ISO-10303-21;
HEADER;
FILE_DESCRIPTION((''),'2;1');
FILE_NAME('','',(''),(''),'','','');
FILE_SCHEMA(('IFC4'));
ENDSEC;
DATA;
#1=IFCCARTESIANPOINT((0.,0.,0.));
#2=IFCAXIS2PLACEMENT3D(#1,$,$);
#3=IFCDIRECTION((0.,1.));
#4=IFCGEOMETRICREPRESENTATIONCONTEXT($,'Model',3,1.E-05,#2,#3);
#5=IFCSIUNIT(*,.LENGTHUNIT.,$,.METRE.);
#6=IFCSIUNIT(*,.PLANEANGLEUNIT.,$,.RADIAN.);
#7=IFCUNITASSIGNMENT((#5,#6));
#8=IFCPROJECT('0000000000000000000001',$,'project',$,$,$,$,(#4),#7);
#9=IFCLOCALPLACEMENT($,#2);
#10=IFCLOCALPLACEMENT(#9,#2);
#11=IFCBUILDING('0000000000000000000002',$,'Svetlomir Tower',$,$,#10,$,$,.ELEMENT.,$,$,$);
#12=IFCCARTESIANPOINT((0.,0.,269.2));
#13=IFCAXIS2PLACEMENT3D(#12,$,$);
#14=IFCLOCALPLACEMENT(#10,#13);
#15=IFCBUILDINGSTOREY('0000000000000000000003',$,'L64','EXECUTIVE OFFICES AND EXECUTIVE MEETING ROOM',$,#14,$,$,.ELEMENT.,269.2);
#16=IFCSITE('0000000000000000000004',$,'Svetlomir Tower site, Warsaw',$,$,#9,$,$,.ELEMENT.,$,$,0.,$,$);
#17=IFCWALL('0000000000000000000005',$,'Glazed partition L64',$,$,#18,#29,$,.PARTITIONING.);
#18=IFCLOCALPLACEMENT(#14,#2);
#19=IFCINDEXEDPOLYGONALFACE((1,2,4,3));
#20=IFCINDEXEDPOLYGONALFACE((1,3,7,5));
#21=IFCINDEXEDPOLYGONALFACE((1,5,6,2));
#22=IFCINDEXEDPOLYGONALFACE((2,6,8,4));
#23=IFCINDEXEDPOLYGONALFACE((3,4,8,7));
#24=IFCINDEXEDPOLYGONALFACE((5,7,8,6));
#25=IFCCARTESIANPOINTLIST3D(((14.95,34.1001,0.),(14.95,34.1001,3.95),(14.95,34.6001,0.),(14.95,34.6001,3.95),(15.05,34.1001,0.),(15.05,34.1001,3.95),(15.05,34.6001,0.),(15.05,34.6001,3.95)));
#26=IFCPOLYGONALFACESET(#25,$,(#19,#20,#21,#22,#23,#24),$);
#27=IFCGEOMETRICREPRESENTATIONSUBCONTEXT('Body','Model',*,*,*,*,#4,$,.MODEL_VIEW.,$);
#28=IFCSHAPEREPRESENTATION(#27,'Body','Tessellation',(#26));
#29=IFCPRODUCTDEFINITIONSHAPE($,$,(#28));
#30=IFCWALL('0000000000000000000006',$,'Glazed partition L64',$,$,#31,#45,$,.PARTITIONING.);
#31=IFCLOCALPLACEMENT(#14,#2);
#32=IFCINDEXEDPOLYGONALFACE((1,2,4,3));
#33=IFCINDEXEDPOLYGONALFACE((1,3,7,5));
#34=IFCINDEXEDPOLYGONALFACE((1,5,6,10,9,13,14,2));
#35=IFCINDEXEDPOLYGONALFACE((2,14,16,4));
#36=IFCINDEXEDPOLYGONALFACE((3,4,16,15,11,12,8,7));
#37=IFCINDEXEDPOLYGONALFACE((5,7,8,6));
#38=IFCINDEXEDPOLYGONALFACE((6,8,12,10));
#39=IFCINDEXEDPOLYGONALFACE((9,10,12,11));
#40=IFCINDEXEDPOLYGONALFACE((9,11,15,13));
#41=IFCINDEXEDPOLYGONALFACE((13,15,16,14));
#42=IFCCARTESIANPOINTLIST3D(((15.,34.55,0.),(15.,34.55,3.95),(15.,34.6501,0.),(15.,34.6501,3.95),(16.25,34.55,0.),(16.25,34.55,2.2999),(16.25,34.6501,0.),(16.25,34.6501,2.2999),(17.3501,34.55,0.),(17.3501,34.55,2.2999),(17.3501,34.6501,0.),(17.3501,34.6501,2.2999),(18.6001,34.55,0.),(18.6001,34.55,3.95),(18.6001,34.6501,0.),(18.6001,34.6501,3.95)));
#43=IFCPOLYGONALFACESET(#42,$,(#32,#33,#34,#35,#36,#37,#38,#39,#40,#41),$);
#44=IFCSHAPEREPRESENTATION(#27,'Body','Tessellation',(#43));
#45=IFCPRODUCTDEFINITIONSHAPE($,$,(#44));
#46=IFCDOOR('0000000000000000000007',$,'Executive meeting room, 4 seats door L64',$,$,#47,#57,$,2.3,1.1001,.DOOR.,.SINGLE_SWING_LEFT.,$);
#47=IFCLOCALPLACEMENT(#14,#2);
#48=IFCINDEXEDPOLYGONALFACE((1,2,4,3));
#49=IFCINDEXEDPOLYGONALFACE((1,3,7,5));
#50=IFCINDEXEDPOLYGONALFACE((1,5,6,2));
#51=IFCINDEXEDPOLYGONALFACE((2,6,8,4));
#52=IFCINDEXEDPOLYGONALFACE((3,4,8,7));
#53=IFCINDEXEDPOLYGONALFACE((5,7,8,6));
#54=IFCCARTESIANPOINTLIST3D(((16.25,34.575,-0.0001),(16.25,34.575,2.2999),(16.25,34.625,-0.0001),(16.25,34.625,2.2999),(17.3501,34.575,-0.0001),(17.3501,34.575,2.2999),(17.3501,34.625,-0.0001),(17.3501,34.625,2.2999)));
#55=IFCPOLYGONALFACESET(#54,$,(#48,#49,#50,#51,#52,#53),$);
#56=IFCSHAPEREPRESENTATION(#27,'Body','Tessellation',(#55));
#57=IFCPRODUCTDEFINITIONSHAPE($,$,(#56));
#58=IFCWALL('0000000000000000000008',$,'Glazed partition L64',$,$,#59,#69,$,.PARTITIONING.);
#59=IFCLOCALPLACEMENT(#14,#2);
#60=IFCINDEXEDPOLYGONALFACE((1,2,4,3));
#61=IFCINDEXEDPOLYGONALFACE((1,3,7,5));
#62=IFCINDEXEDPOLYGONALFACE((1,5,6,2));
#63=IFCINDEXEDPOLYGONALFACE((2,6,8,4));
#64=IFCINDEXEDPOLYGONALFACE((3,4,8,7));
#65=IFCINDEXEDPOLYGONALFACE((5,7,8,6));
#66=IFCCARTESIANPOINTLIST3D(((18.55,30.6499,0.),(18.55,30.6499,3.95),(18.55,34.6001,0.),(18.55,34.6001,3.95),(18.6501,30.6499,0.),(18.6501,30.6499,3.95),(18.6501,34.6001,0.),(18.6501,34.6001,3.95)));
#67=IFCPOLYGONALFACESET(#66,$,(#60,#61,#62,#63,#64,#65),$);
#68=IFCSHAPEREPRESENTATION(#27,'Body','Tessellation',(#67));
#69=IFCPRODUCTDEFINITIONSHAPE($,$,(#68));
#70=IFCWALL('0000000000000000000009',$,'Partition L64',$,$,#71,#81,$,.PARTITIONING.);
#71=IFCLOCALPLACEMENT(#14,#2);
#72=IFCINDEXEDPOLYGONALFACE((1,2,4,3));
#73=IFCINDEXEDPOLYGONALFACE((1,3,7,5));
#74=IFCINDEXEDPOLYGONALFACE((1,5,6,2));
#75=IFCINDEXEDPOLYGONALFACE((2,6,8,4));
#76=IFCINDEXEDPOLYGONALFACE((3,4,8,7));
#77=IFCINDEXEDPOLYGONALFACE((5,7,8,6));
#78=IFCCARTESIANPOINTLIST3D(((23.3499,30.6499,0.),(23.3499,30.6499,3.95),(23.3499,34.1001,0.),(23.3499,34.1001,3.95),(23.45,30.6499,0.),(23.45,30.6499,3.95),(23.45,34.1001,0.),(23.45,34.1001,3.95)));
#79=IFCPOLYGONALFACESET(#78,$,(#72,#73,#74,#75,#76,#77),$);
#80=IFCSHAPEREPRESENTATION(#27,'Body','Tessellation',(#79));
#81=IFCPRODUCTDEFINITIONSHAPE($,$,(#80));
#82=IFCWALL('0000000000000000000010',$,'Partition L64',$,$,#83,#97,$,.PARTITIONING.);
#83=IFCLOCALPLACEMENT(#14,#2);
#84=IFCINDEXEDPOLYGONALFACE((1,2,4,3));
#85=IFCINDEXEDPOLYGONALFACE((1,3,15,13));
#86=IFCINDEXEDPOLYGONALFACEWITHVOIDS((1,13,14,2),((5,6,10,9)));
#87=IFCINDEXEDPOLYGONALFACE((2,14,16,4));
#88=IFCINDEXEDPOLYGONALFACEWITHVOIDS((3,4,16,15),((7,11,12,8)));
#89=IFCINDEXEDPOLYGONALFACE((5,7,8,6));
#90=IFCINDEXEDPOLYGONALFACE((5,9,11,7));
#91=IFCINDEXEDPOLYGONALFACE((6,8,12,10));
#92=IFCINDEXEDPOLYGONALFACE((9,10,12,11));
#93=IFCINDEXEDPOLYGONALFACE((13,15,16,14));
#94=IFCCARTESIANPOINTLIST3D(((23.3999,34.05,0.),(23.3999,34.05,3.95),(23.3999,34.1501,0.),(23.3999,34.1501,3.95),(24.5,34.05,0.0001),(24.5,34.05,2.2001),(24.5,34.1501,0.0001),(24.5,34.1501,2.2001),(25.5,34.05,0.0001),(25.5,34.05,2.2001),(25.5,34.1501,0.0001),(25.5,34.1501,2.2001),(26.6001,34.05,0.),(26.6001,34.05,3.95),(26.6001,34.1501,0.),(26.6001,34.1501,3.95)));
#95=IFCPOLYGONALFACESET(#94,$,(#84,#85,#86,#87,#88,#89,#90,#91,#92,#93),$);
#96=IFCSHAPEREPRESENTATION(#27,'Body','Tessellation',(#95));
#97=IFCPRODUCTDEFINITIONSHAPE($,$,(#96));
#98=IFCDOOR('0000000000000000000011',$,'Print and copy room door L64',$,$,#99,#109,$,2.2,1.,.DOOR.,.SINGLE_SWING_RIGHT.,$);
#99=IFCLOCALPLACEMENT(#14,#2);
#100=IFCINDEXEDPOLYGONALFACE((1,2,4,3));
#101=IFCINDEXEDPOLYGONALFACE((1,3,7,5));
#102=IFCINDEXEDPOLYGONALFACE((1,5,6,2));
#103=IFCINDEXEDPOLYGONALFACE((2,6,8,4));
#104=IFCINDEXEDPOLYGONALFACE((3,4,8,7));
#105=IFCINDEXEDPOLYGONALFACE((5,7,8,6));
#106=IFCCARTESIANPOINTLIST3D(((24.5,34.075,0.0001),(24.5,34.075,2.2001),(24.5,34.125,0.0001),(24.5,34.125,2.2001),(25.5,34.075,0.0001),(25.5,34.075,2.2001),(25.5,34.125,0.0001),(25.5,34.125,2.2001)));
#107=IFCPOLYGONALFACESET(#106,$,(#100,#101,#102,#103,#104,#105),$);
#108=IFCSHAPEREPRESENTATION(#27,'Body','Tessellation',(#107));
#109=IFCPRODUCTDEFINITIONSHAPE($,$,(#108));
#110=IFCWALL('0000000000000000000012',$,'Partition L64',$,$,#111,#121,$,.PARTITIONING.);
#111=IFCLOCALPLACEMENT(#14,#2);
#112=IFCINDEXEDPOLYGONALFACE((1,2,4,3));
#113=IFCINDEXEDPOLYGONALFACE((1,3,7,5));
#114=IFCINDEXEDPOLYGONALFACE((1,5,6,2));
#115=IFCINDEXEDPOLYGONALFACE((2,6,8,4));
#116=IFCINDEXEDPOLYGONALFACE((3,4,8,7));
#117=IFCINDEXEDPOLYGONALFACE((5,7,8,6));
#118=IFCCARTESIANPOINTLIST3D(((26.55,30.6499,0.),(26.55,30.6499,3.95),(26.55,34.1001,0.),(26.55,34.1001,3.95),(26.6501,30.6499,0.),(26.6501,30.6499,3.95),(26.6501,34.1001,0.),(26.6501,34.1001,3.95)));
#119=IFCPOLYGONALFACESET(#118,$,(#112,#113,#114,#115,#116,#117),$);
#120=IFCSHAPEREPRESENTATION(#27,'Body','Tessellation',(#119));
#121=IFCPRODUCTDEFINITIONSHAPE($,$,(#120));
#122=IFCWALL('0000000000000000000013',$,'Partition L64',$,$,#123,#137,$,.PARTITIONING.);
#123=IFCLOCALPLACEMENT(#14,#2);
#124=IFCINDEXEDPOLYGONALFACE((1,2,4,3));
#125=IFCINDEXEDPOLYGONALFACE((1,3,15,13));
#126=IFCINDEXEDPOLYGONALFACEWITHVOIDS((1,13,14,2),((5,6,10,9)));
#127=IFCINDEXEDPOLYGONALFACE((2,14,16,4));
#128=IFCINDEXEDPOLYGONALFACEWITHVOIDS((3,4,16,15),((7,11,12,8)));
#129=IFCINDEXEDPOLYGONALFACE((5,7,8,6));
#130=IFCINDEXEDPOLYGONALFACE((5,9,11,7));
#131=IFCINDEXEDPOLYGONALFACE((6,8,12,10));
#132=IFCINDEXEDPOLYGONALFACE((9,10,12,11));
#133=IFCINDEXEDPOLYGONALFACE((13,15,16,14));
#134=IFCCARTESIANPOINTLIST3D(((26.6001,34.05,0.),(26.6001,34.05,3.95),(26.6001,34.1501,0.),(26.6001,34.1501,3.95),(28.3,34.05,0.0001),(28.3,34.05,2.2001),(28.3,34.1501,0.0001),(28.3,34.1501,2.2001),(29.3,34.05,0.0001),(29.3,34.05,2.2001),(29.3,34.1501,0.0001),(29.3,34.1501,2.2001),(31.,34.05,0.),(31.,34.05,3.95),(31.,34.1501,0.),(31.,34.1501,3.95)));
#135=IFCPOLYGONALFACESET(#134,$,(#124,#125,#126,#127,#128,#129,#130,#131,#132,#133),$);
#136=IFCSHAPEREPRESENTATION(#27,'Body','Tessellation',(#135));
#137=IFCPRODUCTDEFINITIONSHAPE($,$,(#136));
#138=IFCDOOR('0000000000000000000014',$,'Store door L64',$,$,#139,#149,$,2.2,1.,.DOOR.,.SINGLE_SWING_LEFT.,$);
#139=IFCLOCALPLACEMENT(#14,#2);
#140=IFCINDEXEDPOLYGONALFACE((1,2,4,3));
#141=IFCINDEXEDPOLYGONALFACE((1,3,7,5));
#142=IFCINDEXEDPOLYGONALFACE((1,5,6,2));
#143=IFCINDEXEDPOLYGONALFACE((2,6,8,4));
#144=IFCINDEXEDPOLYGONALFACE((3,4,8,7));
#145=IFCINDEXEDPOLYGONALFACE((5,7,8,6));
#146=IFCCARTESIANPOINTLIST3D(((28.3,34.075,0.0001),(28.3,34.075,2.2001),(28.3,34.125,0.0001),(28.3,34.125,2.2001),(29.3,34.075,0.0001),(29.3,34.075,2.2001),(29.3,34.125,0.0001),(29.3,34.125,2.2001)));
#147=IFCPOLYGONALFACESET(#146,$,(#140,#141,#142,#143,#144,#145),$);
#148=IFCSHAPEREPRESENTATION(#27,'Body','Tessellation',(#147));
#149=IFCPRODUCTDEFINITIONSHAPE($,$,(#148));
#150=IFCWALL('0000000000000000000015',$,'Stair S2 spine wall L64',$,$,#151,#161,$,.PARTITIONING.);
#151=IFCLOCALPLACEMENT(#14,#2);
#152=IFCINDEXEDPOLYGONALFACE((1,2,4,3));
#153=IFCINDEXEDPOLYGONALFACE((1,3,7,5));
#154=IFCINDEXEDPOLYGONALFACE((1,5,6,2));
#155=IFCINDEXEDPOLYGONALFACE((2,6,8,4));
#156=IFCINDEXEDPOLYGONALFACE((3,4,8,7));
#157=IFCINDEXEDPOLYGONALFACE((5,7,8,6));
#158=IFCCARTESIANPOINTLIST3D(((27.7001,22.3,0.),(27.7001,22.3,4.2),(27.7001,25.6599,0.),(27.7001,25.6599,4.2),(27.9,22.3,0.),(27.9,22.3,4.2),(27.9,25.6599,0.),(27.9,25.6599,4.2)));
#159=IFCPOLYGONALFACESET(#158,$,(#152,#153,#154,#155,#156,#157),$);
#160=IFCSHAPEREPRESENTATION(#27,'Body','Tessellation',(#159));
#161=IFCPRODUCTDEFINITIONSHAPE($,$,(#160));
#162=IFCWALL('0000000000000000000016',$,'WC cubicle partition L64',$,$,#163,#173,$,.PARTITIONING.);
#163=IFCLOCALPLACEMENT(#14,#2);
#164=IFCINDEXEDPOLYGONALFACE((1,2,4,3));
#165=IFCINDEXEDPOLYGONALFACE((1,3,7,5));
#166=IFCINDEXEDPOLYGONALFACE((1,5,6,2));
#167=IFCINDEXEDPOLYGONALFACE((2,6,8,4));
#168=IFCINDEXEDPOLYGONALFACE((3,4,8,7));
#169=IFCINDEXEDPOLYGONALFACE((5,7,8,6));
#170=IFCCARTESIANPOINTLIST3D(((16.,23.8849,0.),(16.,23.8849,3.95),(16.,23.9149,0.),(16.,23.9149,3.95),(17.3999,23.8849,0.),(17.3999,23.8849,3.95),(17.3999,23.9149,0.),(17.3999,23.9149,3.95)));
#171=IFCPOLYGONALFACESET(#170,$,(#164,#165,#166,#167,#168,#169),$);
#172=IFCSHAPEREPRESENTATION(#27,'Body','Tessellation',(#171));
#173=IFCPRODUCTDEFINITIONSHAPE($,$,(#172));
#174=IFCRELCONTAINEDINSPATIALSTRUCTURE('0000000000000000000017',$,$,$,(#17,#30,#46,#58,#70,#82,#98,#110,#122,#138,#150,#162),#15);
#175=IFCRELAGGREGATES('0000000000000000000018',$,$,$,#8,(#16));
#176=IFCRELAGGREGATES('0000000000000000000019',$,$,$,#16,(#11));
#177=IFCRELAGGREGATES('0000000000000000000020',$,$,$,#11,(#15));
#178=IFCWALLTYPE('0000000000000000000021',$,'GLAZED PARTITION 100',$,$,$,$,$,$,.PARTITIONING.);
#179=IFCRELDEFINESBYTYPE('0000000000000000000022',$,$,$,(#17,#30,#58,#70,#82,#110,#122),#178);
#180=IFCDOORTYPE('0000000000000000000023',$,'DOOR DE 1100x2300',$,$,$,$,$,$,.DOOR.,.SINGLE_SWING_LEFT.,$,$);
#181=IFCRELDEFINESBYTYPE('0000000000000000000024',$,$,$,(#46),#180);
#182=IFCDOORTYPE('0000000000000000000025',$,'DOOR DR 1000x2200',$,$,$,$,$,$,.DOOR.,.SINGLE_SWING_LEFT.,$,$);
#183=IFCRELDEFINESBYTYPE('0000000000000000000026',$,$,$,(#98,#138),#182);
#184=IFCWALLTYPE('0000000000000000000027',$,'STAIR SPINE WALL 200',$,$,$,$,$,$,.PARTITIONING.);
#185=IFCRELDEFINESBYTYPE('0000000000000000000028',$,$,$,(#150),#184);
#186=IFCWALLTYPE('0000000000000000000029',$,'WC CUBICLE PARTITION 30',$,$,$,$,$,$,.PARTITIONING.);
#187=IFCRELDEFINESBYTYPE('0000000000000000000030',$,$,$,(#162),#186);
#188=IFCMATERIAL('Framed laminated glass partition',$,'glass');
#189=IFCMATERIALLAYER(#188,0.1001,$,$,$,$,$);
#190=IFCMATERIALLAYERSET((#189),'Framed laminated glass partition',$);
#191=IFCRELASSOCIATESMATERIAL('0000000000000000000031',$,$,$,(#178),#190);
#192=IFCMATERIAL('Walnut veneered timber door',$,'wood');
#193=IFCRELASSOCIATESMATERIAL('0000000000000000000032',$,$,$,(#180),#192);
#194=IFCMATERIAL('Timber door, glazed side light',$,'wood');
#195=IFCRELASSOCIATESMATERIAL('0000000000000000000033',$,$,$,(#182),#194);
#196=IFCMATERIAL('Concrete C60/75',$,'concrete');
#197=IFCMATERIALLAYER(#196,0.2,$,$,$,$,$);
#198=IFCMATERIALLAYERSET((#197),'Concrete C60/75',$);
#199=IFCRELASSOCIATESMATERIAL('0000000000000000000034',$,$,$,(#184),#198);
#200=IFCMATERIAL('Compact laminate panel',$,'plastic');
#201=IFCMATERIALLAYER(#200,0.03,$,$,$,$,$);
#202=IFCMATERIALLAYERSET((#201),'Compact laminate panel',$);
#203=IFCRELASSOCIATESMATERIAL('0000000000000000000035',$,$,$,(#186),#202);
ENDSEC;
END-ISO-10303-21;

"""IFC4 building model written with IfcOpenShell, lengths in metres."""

from ifc_helpers import new_model, si_unit, direction, frame, frame_2d, origin, place, context, subcontext, project, spatial, rectangle, extrude, material, layer, layer_set, type_object, element, fill, save


model = new_model("IFC4")

# Units and contexts
model_context = context("Model", 3, precision=1e-05, world=origin(), true_north=direction((0.0, 1.0)))
body_context = subcontext(model_context, "Body", "Model", "MODEL_VIEW")
ifc_project = project(units=[si_unit("LENGTHUNIT", "METRE"), si_unit("PLANEANGLEUNIT", "RADIAN")], contexts=[model_context])

# Site, building, storey
site_placement = place(None, origin())
site = spatial("IfcSite", under=ifc_project, at=site_placement, Name="Svetlomir Tower site, Warsaw", CompositionType="ELEMENT", RefElevation=0.0)
building_placement = place(site_placement, origin())
building = spatial("IfcBuilding", under=site, at=building_placement, Name="Svetlomir Tower", CompositionType="ELEMENT")
storey_placement = place(building_placement, frame((0.0, 0.0, 269.2)))
storey = spatial("IfcBuildingStorey", under=building, at=storey_placement, Name="L64", Description="EXECUTIVE OFFICES AND EXECUTIVE MEETING ROOM", CompositionType="ELEMENT", Elevation=269.2)

# Wall
ifc_material_1 = material(Name="Framed laminated glass partition", Category="glass")
ifc_layer_1 = layer(ifc_material_1, 0.1001)
ifc_layer_set_1 = layer_set([ifc_layer_1], Name="Framed laminated glass partition")
wall_type_1 = type_object("IfcWallType", Name="GLAZED PARTITION 100", PredefinedType="PARTITIONING", material=ifc_layer_set_1)
wall_1_placement = place(storey_placement, frame((15.0, 34.1001, 0.0), z_axis=(0.0, 0.0, 1.0), x_axis=(0.0, 1.0, 0.0)))
element("IfcWall", 1, at=wall_1_placement, inside=storey, type_object=wall_type_1, Name="Glazed partition L64", PredefinedType="PARTITIONING", context=body_context, shape_type="SweptSolid", body=[
    extrude(rectangle(XDim=0.5, YDim=0.1001, at=frame_2d((0.25, 0.0))), origin(), (0.0, 0.0, 1.0), 3.95),
])

# Wall, opening, door
wall_2_placement = place(storey_placement, frame((15.0, 34.6001, 0.0), z_axis=(0.0, 0.0, 1.0), x_axis=(1.0, 0.0, 0.0)))
wall_2 = element("IfcWall", 2, at=wall_2_placement, inside=storey, type_object=wall_type_1, Name="Glazed partition L64", PredefinedType="PARTITIONING", context=body_context, shape_type="SweptSolid", body=[
    extrude(rectangle(XDim=3.6001, YDim=0.1001, at=frame_2d((1.8, 0.0))), origin(), (0.0, 0.0, 1.0), 3.95),
])
opening_1_placement = place(wall_2_placement, frame((1.25, 0.0, 0.0)))
opening_1 = element("IfcOpeningElement", 3, at=opening_1_placement, cuts=wall_2, PredefinedType="OPENING", context=body_context, shape_type="SweptSolid", body=[
    extrude(rectangle(XDim=1.1001, YDim=2.3, at=frame_2d((0.55, 1.1499))), frame((0.0, 0.0601, 0.0), z_axis=(0.0, -1.0, 0.0), x_axis=(1.0, 0.0, 0.0)), (0.0, 0.0, 1.0), 0.1201),
])
ifc_material_2 = material(Name="Walnut veneered timber door", Category="wood")
door_type_1 = type_object("IfcDoorType", Name="DOOR DE 1100x2300", OperationType="SINGLE_SWING_LEFT", PredefinedType="DOOR", material=ifc_material_2)
door_1_placement = place(opening_1_placement, origin())
door_1 = element("IfcDoor", 4, at=door_1_placement, inside=storey, type_object=door_type_1, Name="Executive meeting room, 4 seats door L64", OperationType="SINGLE_SWING_LEFT", OverallHeight=2.3, OverallWidth=1.1001, PredefinedType="DOOR", context=body_context, shape_type="SweptSolid", body=[
    extrude(rectangle(XDim=1.1001, YDim=2.3, at=frame_2d((0.55, 1.1499))), frame((0.0, 0.0249, 0.0), z_axis=(0.0, -1.0, 0.0), x_axis=(1.0, 0.0, 0.0)), (0.0, 0.0, 1.0), 0.05),
])
fill(opening_1, door_1)

# Walls
wall_3_placement = place(storey_placement, frame((18.6001, 30.6499, 0.0), z_axis=(0.0, 0.0, 1.0), x_axis=(0.0, 1.0, 0.0)))
element("IfcWall", 5, at=wall_3_placement, inside=storey, type_object=wall_type_1, Name="Glazed partition L64", PredefinedType="PARTITIONING", context=body_context, shape_type="SweptSolid", body=[
    extrude(rectangle(XDim=3.9502, YDim=0.1001, at=frame_2d((1.9751, 0.0))), origin(), (0.0, 0.0, 1.0), 3.95),
])
wall_4_placement = place(storey_placement, frame((23.3999, 30.6499, 0.0), z_axis=(0.0, 0.0, 1.0), x_axis=(0.0, 1.0, 0.0)))
element("IfcWall", 6, at=wall_4_placement, inside=storey, type_object=wall_type_1, Name="Partition L64", PredefinedType="PARTITIONING", context=body_context, shape_type="SweptSolid", body=[
    extrude(rectangle(XDim=3.4502, YDim=0.1001, at=frame_2d((1.7251, 0.0))), origin(), (0.0, 0.0, 1.0), 3.95),
])

# Wall, opening, door
wall_5_placement = place(storey_placement, frame((23.3999, 34.1001, 0.0), z_axis=(0.0, 0.0, 1.0), x_axis=(1.0, 0.0, 0.0)))
wall_5 = element("IfcWall", 7, at=wall_5_placement, inside=storey, type_object=wall_type_1, Name="Partition L64", PredefinedType="PARTITIONING", context=body_context, shape_type="SweptSolid", body=[
    extrude(rectangle(XDim=3.2002, YDim=0.1001, at=frame_2d((1.6001, 0.0))), origin(), (0.0, 0.0, 1.0), 3.95),
])
opening_2_placement = place(wall_5_placement, frame((1.1001, 0.0, 0.0)))
opening_2 = element("IfcOpeningElement", 8, at=opening_2_placement, cuts=wall_5, PredefinedType="OPENING", context=body_context, shape_type="SweptSolid", body=[
    extrude(rectangle(XDim=1.0, YDim=2.2, at=frame_2d((0.5, 1.1001))), frame((0.0, 0.0601, 0.0), z_axis=(0.0, -1.0, 0.0), x_axis=(1.0, 0.0, 0.0)), (0.0, 0.0, 1.0), 0.1201),
])
ifc_material_3 = material(Name="Timber door, glazed side light", Category="wood")
door_type_2 = type_object("IfcDoorType", Name="DOOR DR 1000x2200", OperationType="SINGLE_SWING_LEFT", PredefinedType="DOOR", material=ifc_material_3)
door_2_placement = place(opening_2_placement, origin())
door_2 = element("IfcDoor", 9, at=door_2_placement, inside=storey, type_object=door_type_2, Name="Print and copy room door L64", OperationType="SINGLE_SWING_RIGHT", OverallHeight=2.2, OverallWidth=1.0, PredefinedType="DOOR", context=body_context, shape_type="SweptSolid", body=[
    extrude(rectangle(XDim=1.0, YDim=2.2, at=frame_2d((0.5, 1.1001))), frame((0.0, 0.0249, 0.0), z_axis=(0.0, -1.0, 0.0), x_axis=(1.0, 0.0, 0.0)), (0.0, 0.0, 1.0), 0.05),
])
fill(opening_2, door_2)

# Wall
wall_6_placement = place(storey_placement, frame((26.6001, 30.6499, 0.0), z_axis=(0.0, 0.0, 1.0), x_axis=(0.0, 1.0, 0.0)))
element("IfcWall", 10, at=wall_6_placement, inside=storey, type_object=wall_type_1, Name="Partition L64", PredefinedType="PARTITIONING", context=body_context, shape_type="SweptSolid", body=[
    extrude(rectangle(XDim=3.4502, YDim=0.1001, at=frame_2d((1.7251, 0.0))), origin(), (0.0, 0.0, 1.0), 3.95),
])

# Wall, opening, door
wall_7_placement = place(storey_placement, frame((26.6001, 34.1001, 0.0), z_axis=(0.0, 0.0, 1.0), x_axis=(1.0, 0.0, 0.0)))
wall_7 = element("IfcWall", 11, at=wall_7_placement, inside=storey, type_object=wall_type_1, Name="Partition L64", PredefinedType="PARTITIONING", context=body_context, shape_type="SweptSolid", body=[
    extrude(rectangle(XDim=4.3999, YDim=0.1001, at=frame_2d((2.2, 0.0))), origin(), (0.0, 0.0, 1.0), 3.95),
])
opening_3_placement = place(wall_7_placement, frame((1.7, 0.0, 0.0)))
opening_3 = element("IfcOpeningElement", 12, at=opening_3_placement, cuts=wall_7, PredefinedType="OPENING", context=body_context, shape_type="SweptSolid", body=[
    extrude(rectangle(XDim=1.0, YDim=2.2, at=frame_2d((0.5, 1.1001))), frame((0.0, 0.0601, 0.0), z_axis=(0.0, -1.0, 0.0), x_axis=(1.0, 0.0, 0.0)), (0.0, 0.0, 1.0), 0.1201),
])
door_3_placement = place(opening_3_placement, origin())
door_3 = element("IfcDoor", 13, at=door_3_placement, inside=storey, type_object=door_type_2, Name="Store door L64", OperationType="SINGLE_SWING_LEFT", OverallHeight=2.2, OverallWidth=1.0, PredefinedType="DOOR", context=body_context, shape_type="SweptSolid", body=[
    extrude(rectangle(XDim=1.0, YDim=2.2, at=frame_2d((0.5, 1.1001))), frame((0.0, 0.0249, 0.0), z_axis=(0.0, -1.0, 0.0), x_axis=(1.0, 0.0, 0.0)), (0.0, 0.0, 1.0), 0.05),
])
fill(opening_3, door_3)

# Walls
ifc_material_4 = material(Name="Concrete C60/75", Category="concrete")
ifc_layer_2 = layer(ifc_material_4, 0.2)
ifc_layer_set_2 = layer_set([ifc_layer_2], Name="Concrete C60/75")
wall_type_2 = type_object("IfcWallType", Name="STAIR SPINE WALL 200", PredefinedType="PARTITIONING", material=ifc_layer_set_2)
wall_8_placement = place(storey_placement, frame((27.8, 22.3, 0.0), z_axis=(0.0, 0.0, 1.0), x_axis=(0.0, 1.0, 0.0)))
element("IfcWall", 14, at=wall_8_placement, inside=storey, type_object=wall_type_2, Name="Stair S2 spine wall L64", PredefinedType="PARTITIONING", context=body_context, shape_type="SweptSolid", body=[
    extrude(rectangle(XDim=3.3599, YDim=0.2, at=frame_2d((1.6799, 0.0))), origin(), (0.0, 0.0, 1.0), 4.2),
])
ifc_material_5 = material(Name="Compact laminate panel", Category="plastic")
ifc_layer_3 = layer(ifc_material_5, 0.03)
ifc_layer_set_3 = layer_set([ifc_layer_3], Name="Compact laminate panel")
wall_type_3 = type_object("IfcWallType", Name="WC CUBICLE PARTITION 30", PredefinedType="PARTITIONING", material=ifc_layer_set_3)
wall_9_placement = place(storey_placement, frame((16.0, 23.8999, 0.0), z_axis=(0.0, 0.0, 1.0), x_axis=(1.0, 0.0, 0.0)))
element("IfcWall", 15, at=wall_9_placement, inside=storey, type_object=wall_type_3, Name="WC cubicle partition L64", PredefinedType="PARTITIONING", context=body_context, shape_type="SweptSolid", body=[
    extrude(rectangle(XDim=1.3999, YDim=0.03, at=frame_2d((0.7, 0.0))), origin(), (0.0, 0.0, 1.0), 3.95),
])

save(model, "model.ifc")
